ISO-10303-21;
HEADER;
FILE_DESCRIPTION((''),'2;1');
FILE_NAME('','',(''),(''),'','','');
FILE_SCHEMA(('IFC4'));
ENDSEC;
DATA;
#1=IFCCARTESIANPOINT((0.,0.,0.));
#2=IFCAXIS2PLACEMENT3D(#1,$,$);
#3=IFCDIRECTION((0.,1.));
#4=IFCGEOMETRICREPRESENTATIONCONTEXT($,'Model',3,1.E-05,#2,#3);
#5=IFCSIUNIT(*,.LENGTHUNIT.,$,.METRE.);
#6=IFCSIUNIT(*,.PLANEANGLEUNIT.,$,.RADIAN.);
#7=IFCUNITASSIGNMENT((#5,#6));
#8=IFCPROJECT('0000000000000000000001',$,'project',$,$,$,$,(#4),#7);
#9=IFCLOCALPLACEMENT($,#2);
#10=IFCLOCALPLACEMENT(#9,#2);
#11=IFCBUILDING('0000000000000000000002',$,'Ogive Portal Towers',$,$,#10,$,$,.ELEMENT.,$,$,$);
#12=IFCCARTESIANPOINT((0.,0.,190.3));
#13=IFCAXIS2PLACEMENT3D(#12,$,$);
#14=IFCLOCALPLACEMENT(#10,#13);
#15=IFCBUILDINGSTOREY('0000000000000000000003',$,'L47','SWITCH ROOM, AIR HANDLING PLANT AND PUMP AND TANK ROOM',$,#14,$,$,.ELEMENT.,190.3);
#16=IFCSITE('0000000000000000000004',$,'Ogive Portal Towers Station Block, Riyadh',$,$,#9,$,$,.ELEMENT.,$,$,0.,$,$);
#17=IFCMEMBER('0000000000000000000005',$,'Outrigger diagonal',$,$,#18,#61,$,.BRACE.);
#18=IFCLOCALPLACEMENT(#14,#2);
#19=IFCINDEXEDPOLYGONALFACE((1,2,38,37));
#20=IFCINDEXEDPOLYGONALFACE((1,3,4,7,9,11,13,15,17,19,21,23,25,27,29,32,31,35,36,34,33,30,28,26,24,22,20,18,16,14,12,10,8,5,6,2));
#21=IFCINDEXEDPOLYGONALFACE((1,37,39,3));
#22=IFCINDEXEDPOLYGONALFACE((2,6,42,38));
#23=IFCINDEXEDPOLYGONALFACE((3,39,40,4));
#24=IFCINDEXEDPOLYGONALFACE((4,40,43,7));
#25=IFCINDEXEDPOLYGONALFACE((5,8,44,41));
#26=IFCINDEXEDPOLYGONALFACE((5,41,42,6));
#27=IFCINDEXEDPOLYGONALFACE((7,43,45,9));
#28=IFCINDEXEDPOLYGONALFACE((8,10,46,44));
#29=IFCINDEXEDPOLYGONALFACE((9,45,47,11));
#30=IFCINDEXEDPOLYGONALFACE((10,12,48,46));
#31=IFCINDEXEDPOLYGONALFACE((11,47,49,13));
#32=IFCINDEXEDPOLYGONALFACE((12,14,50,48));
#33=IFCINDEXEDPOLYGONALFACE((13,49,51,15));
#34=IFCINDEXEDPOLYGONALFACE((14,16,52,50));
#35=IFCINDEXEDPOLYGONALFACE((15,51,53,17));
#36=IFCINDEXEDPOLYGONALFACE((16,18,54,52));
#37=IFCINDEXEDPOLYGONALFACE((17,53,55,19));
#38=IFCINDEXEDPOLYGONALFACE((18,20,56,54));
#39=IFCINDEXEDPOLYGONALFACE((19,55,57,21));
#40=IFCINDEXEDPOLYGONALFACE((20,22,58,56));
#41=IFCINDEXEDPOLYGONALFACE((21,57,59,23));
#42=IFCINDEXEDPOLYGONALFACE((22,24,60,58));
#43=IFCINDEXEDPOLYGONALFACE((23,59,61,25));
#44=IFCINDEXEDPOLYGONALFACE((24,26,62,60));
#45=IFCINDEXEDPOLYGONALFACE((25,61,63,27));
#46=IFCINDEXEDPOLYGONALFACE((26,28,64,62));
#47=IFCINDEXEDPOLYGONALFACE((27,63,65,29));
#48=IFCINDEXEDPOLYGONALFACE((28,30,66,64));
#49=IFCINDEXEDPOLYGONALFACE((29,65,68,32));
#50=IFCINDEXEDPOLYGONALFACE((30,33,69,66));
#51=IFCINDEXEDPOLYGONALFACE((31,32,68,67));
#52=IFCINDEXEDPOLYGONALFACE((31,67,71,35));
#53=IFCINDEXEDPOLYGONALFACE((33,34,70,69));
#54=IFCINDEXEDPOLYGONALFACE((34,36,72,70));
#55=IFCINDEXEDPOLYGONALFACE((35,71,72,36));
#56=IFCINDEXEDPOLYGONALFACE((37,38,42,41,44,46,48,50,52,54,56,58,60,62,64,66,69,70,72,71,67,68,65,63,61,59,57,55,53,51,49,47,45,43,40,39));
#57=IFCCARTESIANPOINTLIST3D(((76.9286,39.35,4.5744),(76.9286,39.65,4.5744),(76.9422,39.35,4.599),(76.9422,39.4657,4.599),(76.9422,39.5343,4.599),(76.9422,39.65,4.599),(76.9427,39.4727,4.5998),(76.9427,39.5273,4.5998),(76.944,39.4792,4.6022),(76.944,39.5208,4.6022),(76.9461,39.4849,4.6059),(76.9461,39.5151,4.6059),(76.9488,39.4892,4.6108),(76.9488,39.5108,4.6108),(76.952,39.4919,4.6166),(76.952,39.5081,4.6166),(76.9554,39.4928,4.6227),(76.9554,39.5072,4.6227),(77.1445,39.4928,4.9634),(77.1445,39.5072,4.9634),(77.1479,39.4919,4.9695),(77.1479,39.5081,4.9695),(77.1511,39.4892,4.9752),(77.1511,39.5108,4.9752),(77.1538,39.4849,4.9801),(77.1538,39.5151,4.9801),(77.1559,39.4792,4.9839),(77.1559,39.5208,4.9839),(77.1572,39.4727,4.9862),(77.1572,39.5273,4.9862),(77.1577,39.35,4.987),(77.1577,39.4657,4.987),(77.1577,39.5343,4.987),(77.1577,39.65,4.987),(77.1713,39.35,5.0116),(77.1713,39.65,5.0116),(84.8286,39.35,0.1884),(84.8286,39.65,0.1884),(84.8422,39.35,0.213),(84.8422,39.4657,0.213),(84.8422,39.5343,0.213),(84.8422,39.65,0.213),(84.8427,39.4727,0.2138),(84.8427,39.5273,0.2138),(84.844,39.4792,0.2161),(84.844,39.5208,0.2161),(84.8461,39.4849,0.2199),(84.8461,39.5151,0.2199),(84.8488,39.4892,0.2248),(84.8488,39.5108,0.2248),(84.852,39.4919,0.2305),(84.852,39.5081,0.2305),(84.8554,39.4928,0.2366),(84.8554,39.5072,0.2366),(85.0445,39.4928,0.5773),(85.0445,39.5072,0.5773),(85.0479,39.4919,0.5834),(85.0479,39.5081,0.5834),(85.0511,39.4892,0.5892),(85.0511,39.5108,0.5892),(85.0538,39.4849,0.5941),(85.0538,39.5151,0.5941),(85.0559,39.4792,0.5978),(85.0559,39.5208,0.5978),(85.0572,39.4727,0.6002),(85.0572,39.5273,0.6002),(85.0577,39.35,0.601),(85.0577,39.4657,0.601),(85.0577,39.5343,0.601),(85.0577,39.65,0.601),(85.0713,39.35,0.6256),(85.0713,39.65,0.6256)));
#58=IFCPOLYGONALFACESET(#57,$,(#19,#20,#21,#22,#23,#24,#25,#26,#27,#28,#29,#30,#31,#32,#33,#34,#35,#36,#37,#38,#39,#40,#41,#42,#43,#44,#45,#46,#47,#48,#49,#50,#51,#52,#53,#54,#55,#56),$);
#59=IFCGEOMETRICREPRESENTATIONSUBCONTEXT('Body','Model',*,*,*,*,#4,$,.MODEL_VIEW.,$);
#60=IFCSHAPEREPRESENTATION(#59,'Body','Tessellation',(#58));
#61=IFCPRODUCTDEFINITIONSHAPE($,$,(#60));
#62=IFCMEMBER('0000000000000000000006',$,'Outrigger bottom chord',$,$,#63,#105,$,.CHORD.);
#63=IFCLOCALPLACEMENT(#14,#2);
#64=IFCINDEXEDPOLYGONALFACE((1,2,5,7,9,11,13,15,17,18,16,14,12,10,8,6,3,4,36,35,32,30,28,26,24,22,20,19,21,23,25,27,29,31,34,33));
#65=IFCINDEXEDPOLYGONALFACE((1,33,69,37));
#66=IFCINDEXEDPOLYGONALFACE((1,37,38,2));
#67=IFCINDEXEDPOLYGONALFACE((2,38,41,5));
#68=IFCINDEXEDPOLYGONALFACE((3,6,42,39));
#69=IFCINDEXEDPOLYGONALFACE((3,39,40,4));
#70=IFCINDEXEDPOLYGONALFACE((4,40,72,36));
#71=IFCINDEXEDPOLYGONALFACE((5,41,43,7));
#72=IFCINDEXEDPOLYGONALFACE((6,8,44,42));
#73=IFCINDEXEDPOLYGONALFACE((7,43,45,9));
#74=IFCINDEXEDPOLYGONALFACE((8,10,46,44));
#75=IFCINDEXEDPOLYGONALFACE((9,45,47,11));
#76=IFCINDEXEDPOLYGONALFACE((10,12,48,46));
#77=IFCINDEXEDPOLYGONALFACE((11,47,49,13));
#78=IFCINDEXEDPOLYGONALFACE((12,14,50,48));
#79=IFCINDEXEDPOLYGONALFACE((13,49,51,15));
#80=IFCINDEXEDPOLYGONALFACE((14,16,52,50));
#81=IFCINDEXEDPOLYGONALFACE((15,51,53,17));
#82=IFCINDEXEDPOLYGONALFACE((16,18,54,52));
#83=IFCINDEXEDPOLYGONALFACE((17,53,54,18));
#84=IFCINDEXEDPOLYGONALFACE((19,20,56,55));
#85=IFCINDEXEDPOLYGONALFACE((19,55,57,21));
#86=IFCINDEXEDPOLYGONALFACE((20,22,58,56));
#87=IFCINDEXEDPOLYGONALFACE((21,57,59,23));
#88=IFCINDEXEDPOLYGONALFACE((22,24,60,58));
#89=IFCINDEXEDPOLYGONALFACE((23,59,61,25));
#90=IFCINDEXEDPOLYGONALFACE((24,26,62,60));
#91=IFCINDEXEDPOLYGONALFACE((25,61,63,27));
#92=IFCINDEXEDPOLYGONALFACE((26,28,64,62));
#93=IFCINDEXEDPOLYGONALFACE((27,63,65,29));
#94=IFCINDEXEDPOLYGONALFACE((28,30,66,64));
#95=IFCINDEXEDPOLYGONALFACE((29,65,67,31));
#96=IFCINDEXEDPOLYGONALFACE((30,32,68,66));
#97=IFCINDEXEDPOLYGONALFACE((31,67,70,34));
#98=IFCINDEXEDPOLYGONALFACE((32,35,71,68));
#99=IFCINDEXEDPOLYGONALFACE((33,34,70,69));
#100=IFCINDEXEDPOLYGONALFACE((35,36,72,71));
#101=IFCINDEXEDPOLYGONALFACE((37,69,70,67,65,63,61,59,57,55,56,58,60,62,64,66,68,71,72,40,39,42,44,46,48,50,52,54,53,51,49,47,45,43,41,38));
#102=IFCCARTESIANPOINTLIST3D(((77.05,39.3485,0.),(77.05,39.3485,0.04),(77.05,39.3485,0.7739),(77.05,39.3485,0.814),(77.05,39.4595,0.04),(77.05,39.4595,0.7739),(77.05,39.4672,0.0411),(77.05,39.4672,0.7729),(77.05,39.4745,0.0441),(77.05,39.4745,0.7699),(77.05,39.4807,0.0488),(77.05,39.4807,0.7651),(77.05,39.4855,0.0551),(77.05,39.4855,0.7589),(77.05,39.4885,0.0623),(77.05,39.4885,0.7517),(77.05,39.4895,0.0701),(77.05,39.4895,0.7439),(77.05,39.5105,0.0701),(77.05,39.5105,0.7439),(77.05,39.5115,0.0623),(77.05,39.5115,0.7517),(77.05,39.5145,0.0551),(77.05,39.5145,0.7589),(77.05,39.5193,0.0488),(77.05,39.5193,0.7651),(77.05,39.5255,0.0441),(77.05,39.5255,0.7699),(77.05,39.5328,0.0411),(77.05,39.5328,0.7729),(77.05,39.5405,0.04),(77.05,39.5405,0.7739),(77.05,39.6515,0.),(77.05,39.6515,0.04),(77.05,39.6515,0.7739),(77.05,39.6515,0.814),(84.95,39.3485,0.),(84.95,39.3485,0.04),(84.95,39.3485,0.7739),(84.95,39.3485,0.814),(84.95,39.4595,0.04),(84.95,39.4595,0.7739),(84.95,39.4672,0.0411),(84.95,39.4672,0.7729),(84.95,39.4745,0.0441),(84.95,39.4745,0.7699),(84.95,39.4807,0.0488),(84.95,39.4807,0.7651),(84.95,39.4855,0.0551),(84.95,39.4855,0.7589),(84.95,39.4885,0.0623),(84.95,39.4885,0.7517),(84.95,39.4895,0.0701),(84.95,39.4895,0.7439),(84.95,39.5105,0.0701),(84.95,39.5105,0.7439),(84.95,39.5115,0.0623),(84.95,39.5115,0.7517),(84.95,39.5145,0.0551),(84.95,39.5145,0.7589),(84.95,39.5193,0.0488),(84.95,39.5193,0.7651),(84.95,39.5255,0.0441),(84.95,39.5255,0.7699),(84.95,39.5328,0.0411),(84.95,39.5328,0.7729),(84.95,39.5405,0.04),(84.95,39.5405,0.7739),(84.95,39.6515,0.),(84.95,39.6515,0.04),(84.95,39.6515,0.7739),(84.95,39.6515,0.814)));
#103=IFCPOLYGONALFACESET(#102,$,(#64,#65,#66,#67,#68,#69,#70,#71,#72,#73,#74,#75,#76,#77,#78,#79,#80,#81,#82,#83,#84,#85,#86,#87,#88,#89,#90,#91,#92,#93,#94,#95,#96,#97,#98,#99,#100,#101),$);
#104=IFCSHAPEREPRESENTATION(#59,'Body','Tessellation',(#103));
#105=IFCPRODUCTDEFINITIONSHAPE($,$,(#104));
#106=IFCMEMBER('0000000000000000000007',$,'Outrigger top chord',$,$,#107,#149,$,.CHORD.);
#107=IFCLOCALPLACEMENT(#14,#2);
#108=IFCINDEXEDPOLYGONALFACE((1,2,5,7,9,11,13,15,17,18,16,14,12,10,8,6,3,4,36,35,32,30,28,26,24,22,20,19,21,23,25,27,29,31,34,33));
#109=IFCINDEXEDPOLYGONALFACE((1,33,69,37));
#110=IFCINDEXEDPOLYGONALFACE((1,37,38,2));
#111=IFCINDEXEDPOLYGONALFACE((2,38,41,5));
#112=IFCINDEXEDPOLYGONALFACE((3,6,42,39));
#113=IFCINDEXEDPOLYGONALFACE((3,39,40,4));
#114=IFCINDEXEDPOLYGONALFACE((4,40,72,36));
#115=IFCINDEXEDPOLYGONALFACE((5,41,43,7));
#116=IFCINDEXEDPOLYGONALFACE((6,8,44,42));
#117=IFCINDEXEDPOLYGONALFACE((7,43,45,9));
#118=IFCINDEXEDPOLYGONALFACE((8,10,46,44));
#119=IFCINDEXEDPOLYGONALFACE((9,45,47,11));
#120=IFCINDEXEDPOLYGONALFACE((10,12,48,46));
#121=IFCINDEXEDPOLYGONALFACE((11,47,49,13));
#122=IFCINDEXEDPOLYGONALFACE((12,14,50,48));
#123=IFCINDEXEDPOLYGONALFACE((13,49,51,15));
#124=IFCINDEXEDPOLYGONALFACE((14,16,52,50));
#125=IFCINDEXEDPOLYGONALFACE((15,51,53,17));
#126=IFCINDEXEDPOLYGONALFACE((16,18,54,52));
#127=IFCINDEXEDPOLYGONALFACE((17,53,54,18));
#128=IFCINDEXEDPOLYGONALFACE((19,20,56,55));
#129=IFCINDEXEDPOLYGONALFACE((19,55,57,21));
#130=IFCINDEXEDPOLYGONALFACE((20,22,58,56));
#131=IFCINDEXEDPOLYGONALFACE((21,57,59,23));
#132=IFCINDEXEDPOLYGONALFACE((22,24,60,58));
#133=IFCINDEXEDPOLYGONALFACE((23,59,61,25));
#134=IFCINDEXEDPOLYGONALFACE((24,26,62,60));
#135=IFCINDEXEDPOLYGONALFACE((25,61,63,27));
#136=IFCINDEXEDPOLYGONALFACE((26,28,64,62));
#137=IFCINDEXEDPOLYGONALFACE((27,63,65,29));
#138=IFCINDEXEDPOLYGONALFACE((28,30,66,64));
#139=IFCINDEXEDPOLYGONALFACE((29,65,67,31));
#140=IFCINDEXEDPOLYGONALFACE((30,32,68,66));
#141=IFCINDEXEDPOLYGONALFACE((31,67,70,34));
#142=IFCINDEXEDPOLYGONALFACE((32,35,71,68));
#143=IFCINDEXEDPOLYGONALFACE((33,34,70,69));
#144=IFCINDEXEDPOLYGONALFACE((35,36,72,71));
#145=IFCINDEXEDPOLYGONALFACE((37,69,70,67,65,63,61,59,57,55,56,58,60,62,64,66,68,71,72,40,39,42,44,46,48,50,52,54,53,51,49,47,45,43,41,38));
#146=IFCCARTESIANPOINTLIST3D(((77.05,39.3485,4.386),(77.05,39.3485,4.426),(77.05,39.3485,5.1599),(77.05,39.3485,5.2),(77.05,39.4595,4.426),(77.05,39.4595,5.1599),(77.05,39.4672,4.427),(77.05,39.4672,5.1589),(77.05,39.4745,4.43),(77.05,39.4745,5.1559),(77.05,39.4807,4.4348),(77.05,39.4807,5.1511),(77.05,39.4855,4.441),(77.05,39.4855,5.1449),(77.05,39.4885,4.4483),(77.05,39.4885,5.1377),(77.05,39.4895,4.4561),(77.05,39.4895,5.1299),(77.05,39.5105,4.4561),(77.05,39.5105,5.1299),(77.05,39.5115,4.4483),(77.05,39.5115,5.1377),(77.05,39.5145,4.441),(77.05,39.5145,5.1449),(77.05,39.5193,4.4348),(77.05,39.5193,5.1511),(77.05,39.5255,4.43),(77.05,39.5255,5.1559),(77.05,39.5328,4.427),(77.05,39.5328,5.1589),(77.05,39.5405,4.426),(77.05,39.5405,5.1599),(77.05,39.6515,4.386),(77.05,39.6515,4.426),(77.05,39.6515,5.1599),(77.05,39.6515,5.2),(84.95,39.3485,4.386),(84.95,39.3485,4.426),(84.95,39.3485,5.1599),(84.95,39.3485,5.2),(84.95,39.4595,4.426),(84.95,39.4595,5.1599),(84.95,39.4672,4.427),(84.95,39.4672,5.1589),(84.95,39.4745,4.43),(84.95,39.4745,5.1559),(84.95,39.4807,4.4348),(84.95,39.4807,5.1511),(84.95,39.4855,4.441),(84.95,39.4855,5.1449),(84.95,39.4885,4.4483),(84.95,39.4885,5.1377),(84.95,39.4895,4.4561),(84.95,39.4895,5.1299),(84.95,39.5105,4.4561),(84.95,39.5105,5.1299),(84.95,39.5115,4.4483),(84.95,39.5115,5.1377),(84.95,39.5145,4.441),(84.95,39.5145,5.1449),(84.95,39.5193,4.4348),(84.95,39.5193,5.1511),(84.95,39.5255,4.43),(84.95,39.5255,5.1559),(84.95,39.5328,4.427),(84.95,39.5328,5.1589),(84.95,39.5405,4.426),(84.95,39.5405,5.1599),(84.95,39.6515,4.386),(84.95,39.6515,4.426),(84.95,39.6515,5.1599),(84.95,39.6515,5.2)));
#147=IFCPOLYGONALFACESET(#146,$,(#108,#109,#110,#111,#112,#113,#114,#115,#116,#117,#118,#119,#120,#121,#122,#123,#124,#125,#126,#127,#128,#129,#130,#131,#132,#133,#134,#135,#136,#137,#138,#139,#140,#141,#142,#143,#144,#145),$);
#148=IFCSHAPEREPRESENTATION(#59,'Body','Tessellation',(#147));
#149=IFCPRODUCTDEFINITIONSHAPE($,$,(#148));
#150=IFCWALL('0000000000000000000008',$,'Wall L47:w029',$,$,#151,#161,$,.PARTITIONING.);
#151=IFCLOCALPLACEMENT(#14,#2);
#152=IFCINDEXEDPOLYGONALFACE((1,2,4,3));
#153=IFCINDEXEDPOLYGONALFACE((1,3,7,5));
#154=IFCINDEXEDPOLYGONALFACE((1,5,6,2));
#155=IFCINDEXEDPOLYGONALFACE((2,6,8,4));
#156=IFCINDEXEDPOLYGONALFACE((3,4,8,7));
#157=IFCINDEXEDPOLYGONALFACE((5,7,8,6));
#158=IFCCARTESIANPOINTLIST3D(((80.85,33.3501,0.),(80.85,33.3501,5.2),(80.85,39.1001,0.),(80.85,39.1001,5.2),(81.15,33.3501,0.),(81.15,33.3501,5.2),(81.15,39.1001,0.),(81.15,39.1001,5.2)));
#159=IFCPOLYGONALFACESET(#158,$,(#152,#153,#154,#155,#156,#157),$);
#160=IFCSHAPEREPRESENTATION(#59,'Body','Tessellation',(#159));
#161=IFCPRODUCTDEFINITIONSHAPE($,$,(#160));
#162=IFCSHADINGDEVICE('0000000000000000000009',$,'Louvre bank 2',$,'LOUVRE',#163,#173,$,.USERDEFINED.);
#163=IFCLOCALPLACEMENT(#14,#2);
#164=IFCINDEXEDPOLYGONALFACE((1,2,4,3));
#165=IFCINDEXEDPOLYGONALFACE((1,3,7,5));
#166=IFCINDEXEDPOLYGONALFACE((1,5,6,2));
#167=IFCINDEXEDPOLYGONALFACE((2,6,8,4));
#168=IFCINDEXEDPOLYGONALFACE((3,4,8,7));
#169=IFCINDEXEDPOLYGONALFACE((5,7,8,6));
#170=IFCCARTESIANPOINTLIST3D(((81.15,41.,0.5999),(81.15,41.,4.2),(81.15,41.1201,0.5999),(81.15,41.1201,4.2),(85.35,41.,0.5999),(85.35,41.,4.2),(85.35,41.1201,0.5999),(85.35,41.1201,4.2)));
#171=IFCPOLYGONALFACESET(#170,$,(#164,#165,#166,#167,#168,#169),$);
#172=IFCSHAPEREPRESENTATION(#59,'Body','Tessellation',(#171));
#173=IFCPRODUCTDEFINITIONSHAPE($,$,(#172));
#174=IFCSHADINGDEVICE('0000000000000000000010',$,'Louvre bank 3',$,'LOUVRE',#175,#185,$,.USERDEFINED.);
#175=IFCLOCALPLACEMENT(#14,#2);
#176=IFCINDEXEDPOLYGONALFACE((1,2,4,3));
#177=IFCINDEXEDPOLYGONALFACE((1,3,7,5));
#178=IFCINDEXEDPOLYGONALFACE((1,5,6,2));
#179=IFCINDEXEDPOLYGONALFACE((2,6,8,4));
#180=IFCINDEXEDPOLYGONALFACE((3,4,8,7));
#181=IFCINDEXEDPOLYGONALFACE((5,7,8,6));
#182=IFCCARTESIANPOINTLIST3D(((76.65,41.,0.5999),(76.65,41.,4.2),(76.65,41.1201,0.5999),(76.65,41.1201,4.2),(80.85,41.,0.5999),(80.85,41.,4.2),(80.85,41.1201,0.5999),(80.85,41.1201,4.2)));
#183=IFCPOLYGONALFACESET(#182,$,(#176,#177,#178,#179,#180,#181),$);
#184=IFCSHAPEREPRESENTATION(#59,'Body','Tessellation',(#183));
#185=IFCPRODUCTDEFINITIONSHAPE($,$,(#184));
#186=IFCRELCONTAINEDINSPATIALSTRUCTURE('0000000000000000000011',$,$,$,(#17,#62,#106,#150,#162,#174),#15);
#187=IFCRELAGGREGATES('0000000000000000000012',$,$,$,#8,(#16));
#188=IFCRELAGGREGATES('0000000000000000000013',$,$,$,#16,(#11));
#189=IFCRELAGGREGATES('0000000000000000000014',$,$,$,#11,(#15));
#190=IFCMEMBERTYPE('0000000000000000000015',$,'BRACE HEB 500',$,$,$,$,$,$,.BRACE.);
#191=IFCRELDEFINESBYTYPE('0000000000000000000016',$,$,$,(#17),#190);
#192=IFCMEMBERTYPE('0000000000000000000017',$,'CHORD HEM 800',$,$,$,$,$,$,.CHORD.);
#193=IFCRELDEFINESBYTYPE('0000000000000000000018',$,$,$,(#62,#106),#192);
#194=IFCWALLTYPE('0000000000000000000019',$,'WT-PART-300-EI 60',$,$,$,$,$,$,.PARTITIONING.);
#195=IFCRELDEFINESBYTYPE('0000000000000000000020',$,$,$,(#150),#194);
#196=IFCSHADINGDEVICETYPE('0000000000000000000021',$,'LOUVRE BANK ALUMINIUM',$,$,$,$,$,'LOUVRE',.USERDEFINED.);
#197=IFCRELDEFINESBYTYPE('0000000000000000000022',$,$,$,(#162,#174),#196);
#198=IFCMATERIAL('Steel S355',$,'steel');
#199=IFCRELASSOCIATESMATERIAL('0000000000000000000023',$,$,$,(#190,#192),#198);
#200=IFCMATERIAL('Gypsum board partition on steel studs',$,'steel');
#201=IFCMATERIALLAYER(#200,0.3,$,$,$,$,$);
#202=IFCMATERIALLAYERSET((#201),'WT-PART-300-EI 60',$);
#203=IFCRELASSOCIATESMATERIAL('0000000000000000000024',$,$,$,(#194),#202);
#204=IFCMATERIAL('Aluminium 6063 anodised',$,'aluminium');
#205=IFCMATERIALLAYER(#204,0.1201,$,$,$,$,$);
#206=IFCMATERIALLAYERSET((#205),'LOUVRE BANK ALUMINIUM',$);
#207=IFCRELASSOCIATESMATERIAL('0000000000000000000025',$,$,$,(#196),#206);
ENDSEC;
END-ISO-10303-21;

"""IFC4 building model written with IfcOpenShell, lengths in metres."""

from ifc_helpers import new_model, si_unit, direction, frame, frame_2d, origin, origin_2d, place, context, subcontext, project, spatial, rectangle, i_section, extrude, material, layer, layer_set, material_profile, profile_set, type_object, element, save


model = new_model("IFC4")

# Units and contexts
model_context = context("Model", 3, precision=1e-05, world=origin(), true_north=direction((0.0, 1.0)))
body_context = subcontext(model_context, "Body", "Model", "MODEL_VIEW")
ifc_project = project(units=[si_unit("LENGTHUNIT", "METRE"), si_unit("PLANEANGLEUNIT", "RADIAN")], contexts=[model_context])

# Site, building, storey
site_placement = place(None, origin())
site = spatial("IfcSite", under=ifc_project, at=site_placement, Name="Ogive Portal Towers Station Block, Riyadh", CompositionType="ELEMENT", RefElevation=0.0)
building_placement = place(site_placement, origin())
building = spatial("IfcBuilding", under=site, at=building_placement, Name="Ogive Portal Towers", CompositionType="ELEMENT")
storey_placement = place(building_placement, frame((0.0, 0.0, 190.3)))
storey = spatial("IfcBuildingStorey", under=building, at=storey_placement, Name="L47", Description="SWITCH ROOM, AIR HANDLING PLANT AND PUMP AND TANK ROOM", CompositionType="ELEMENT", Elevation=190.3)

# Members
ifc_material_1 = material(Name="Steel S355", Category="steel")
ifc_material_profile_1 = material_profile(ifc_material_1, i_section(OverallWidth=0.3, OverallDepth=0.5, WebThickness=0.0144, FlangeThickness=0.0281, FilletRadius=0.0271, at=origin_2d()), Name="HEB 500")
ifc_profile_set_1 = profile_set([ifc_material_profile_1], Name="Steel S355")
member_type_1 = type_object("IfcMemberType", Name="BRACE HEB 500", PredefinedType="BRACE", material=ifc_profile_set_1)
member_placement = place(storey_placement, frame((84.95, 39.5, 0.407), z_axis=(-0.874291, 0.0, 0.485402), x_axis=(0.0, -1.0, 0.0)))
element("IfcMember", 1, at=member_placement, inside=storey, type_object=member_type_1, Name="Outrigger diagonal", PredefinedType="BRACE", context=body_context, shape_type="SweptSolid", body=[
    extrude(i_section(OverallWidth=0.3, OverallDepth=0.5, WebThickness=0.0144, FlangeThickness=0.0281, FilletRadius=0.0271, at=origin_2d()), origin(), (0.0, 0.0, 1.0), 9.0359),
])
ifc_material_profile_2 = material_profile(ifc_material_1, i_section(OverallWidth=0.303, OverallDepth=0.814, WebThickness=0.021, FlangeThickness=0.04, FilletRadius=0.03, at=origin_2d()), Name="HEM 800")
ifc_profile_set_2 = profile_set([ifc_material_profile_2], Name="Steel S355")
member_type_2 = type_object("IfcMemberType", Name="CHORD HEM 800", PredefinedType="CHORD", material=ifc_profile_set_2)
for number, where, z_axis, x_axis, name in (
    (2, (84.95, 39.5, 0.407), (-1.0, 0.0, 0.0), (0.0, -1.0, 0.0), "Outrigger bottom chord"),
    (3, (84.95, 39.5, 4.793), (-1.0, 0.0, 0.0), (0.0, -1.0, 0.0), "Outrigger top chord"),
):
    element("IfcMember", number, at=place(storey_placement, frame(where, z_axis=z_axis, x_axis=x_axis)), inside=storey, type_object=member_type_2, Name=name, PredefinedType="CHORD", context=body_context, shape_type="SweptSolid", body=[
        extrude(i_section(OverallWidth=0.303, OverallDepth=0.814, WebThickness=0.021, FlangeThickness=0.04, FilletRadius=0.03, at=origin_2d()), origin(), (0.0, 0.0, 1.0), 7.8999),
    ])

# Wall
ifc_material_2 = material(Name="Gypsum board partition on steel studs", Category="steel")
ifc_layer_1 = layer(ifc_material_2, 0.3)
ifc_layer_set_1 = layer_set([ifc_layer_1], Name="WT-PART-300-EI 60")
wall_type = type_object("IfcWallType", Name="WT-PART-300-EI 60", PredefinedType="PARTITIONING", material=ifc_layer_set_1)
wall_placement = place(storey_placement, frame((81.0, 33.3501, 0.0), z_axis=(0.0, 0.0, 1.0), x_axis=(0.0, 1.0, 0.0)))
element("IfcWall", 4, at=wall_placement, inside=storey, type_object=wall_type, Name="Wall L47:w029", PredefinedType="PARTITIONING", context=body_context, shape_type="SweptSolid", body=[
    extrude(rectangle(XDim=5.75, YDim=0.3, at=frame_2d((2.875, 0.0))), origin(), (0.0, 0.0, 1.0), 5.2),
])

# Shading devices
ifc_material_3 = material(Name="Aluminium 6063 anodised", Category="aluminium")
ifc_layer_2 = layer(ifc_material_3, 0.1201)
ifc_layer_set_2 = layer_set([ifc_layer_2], Name="LOUVRE BANK ALUMINIUM")
shading_device_type = type_object("IfcShadingDeviceType", Name="LOUVRE BANK ALUMINIUM", ElementType="LOUVRE", PredefinedType="USERDEFINED", material=ifc_layer_set_2)
for number, where, z_axis, x_axis, name in (
    (5, (83.25, 41.0601, 0.5999), (0.0, 0.0, 1.0), (-1.0, 0.0, 0.0), "Louvre bank 2"),
    (6, (78.75, 41.0601, 0.5999), (0.0, 0.0, 1.0), (-1.0, 0.0, 0.0), "Louvre bank 3"),
):
    element("IfcShadingDevice", number, at=place(storey_placement, frame(where, z_axis=z_axis, x_axis=x_axis)), inside=storey, type_object=shading_device_type, Name=name, ObjectType="LOUVRE", PredefinedType="USERDEFINED", context=body_context, shape_type="SweptSolid", body=[
        extrude(rectangle(XDim=4.2, YDim=0.1201, at=origin_2d()), origin(), (0.0, 0.0, 1.0), 3.6001),
    ])

save(model, "model.ifc")
